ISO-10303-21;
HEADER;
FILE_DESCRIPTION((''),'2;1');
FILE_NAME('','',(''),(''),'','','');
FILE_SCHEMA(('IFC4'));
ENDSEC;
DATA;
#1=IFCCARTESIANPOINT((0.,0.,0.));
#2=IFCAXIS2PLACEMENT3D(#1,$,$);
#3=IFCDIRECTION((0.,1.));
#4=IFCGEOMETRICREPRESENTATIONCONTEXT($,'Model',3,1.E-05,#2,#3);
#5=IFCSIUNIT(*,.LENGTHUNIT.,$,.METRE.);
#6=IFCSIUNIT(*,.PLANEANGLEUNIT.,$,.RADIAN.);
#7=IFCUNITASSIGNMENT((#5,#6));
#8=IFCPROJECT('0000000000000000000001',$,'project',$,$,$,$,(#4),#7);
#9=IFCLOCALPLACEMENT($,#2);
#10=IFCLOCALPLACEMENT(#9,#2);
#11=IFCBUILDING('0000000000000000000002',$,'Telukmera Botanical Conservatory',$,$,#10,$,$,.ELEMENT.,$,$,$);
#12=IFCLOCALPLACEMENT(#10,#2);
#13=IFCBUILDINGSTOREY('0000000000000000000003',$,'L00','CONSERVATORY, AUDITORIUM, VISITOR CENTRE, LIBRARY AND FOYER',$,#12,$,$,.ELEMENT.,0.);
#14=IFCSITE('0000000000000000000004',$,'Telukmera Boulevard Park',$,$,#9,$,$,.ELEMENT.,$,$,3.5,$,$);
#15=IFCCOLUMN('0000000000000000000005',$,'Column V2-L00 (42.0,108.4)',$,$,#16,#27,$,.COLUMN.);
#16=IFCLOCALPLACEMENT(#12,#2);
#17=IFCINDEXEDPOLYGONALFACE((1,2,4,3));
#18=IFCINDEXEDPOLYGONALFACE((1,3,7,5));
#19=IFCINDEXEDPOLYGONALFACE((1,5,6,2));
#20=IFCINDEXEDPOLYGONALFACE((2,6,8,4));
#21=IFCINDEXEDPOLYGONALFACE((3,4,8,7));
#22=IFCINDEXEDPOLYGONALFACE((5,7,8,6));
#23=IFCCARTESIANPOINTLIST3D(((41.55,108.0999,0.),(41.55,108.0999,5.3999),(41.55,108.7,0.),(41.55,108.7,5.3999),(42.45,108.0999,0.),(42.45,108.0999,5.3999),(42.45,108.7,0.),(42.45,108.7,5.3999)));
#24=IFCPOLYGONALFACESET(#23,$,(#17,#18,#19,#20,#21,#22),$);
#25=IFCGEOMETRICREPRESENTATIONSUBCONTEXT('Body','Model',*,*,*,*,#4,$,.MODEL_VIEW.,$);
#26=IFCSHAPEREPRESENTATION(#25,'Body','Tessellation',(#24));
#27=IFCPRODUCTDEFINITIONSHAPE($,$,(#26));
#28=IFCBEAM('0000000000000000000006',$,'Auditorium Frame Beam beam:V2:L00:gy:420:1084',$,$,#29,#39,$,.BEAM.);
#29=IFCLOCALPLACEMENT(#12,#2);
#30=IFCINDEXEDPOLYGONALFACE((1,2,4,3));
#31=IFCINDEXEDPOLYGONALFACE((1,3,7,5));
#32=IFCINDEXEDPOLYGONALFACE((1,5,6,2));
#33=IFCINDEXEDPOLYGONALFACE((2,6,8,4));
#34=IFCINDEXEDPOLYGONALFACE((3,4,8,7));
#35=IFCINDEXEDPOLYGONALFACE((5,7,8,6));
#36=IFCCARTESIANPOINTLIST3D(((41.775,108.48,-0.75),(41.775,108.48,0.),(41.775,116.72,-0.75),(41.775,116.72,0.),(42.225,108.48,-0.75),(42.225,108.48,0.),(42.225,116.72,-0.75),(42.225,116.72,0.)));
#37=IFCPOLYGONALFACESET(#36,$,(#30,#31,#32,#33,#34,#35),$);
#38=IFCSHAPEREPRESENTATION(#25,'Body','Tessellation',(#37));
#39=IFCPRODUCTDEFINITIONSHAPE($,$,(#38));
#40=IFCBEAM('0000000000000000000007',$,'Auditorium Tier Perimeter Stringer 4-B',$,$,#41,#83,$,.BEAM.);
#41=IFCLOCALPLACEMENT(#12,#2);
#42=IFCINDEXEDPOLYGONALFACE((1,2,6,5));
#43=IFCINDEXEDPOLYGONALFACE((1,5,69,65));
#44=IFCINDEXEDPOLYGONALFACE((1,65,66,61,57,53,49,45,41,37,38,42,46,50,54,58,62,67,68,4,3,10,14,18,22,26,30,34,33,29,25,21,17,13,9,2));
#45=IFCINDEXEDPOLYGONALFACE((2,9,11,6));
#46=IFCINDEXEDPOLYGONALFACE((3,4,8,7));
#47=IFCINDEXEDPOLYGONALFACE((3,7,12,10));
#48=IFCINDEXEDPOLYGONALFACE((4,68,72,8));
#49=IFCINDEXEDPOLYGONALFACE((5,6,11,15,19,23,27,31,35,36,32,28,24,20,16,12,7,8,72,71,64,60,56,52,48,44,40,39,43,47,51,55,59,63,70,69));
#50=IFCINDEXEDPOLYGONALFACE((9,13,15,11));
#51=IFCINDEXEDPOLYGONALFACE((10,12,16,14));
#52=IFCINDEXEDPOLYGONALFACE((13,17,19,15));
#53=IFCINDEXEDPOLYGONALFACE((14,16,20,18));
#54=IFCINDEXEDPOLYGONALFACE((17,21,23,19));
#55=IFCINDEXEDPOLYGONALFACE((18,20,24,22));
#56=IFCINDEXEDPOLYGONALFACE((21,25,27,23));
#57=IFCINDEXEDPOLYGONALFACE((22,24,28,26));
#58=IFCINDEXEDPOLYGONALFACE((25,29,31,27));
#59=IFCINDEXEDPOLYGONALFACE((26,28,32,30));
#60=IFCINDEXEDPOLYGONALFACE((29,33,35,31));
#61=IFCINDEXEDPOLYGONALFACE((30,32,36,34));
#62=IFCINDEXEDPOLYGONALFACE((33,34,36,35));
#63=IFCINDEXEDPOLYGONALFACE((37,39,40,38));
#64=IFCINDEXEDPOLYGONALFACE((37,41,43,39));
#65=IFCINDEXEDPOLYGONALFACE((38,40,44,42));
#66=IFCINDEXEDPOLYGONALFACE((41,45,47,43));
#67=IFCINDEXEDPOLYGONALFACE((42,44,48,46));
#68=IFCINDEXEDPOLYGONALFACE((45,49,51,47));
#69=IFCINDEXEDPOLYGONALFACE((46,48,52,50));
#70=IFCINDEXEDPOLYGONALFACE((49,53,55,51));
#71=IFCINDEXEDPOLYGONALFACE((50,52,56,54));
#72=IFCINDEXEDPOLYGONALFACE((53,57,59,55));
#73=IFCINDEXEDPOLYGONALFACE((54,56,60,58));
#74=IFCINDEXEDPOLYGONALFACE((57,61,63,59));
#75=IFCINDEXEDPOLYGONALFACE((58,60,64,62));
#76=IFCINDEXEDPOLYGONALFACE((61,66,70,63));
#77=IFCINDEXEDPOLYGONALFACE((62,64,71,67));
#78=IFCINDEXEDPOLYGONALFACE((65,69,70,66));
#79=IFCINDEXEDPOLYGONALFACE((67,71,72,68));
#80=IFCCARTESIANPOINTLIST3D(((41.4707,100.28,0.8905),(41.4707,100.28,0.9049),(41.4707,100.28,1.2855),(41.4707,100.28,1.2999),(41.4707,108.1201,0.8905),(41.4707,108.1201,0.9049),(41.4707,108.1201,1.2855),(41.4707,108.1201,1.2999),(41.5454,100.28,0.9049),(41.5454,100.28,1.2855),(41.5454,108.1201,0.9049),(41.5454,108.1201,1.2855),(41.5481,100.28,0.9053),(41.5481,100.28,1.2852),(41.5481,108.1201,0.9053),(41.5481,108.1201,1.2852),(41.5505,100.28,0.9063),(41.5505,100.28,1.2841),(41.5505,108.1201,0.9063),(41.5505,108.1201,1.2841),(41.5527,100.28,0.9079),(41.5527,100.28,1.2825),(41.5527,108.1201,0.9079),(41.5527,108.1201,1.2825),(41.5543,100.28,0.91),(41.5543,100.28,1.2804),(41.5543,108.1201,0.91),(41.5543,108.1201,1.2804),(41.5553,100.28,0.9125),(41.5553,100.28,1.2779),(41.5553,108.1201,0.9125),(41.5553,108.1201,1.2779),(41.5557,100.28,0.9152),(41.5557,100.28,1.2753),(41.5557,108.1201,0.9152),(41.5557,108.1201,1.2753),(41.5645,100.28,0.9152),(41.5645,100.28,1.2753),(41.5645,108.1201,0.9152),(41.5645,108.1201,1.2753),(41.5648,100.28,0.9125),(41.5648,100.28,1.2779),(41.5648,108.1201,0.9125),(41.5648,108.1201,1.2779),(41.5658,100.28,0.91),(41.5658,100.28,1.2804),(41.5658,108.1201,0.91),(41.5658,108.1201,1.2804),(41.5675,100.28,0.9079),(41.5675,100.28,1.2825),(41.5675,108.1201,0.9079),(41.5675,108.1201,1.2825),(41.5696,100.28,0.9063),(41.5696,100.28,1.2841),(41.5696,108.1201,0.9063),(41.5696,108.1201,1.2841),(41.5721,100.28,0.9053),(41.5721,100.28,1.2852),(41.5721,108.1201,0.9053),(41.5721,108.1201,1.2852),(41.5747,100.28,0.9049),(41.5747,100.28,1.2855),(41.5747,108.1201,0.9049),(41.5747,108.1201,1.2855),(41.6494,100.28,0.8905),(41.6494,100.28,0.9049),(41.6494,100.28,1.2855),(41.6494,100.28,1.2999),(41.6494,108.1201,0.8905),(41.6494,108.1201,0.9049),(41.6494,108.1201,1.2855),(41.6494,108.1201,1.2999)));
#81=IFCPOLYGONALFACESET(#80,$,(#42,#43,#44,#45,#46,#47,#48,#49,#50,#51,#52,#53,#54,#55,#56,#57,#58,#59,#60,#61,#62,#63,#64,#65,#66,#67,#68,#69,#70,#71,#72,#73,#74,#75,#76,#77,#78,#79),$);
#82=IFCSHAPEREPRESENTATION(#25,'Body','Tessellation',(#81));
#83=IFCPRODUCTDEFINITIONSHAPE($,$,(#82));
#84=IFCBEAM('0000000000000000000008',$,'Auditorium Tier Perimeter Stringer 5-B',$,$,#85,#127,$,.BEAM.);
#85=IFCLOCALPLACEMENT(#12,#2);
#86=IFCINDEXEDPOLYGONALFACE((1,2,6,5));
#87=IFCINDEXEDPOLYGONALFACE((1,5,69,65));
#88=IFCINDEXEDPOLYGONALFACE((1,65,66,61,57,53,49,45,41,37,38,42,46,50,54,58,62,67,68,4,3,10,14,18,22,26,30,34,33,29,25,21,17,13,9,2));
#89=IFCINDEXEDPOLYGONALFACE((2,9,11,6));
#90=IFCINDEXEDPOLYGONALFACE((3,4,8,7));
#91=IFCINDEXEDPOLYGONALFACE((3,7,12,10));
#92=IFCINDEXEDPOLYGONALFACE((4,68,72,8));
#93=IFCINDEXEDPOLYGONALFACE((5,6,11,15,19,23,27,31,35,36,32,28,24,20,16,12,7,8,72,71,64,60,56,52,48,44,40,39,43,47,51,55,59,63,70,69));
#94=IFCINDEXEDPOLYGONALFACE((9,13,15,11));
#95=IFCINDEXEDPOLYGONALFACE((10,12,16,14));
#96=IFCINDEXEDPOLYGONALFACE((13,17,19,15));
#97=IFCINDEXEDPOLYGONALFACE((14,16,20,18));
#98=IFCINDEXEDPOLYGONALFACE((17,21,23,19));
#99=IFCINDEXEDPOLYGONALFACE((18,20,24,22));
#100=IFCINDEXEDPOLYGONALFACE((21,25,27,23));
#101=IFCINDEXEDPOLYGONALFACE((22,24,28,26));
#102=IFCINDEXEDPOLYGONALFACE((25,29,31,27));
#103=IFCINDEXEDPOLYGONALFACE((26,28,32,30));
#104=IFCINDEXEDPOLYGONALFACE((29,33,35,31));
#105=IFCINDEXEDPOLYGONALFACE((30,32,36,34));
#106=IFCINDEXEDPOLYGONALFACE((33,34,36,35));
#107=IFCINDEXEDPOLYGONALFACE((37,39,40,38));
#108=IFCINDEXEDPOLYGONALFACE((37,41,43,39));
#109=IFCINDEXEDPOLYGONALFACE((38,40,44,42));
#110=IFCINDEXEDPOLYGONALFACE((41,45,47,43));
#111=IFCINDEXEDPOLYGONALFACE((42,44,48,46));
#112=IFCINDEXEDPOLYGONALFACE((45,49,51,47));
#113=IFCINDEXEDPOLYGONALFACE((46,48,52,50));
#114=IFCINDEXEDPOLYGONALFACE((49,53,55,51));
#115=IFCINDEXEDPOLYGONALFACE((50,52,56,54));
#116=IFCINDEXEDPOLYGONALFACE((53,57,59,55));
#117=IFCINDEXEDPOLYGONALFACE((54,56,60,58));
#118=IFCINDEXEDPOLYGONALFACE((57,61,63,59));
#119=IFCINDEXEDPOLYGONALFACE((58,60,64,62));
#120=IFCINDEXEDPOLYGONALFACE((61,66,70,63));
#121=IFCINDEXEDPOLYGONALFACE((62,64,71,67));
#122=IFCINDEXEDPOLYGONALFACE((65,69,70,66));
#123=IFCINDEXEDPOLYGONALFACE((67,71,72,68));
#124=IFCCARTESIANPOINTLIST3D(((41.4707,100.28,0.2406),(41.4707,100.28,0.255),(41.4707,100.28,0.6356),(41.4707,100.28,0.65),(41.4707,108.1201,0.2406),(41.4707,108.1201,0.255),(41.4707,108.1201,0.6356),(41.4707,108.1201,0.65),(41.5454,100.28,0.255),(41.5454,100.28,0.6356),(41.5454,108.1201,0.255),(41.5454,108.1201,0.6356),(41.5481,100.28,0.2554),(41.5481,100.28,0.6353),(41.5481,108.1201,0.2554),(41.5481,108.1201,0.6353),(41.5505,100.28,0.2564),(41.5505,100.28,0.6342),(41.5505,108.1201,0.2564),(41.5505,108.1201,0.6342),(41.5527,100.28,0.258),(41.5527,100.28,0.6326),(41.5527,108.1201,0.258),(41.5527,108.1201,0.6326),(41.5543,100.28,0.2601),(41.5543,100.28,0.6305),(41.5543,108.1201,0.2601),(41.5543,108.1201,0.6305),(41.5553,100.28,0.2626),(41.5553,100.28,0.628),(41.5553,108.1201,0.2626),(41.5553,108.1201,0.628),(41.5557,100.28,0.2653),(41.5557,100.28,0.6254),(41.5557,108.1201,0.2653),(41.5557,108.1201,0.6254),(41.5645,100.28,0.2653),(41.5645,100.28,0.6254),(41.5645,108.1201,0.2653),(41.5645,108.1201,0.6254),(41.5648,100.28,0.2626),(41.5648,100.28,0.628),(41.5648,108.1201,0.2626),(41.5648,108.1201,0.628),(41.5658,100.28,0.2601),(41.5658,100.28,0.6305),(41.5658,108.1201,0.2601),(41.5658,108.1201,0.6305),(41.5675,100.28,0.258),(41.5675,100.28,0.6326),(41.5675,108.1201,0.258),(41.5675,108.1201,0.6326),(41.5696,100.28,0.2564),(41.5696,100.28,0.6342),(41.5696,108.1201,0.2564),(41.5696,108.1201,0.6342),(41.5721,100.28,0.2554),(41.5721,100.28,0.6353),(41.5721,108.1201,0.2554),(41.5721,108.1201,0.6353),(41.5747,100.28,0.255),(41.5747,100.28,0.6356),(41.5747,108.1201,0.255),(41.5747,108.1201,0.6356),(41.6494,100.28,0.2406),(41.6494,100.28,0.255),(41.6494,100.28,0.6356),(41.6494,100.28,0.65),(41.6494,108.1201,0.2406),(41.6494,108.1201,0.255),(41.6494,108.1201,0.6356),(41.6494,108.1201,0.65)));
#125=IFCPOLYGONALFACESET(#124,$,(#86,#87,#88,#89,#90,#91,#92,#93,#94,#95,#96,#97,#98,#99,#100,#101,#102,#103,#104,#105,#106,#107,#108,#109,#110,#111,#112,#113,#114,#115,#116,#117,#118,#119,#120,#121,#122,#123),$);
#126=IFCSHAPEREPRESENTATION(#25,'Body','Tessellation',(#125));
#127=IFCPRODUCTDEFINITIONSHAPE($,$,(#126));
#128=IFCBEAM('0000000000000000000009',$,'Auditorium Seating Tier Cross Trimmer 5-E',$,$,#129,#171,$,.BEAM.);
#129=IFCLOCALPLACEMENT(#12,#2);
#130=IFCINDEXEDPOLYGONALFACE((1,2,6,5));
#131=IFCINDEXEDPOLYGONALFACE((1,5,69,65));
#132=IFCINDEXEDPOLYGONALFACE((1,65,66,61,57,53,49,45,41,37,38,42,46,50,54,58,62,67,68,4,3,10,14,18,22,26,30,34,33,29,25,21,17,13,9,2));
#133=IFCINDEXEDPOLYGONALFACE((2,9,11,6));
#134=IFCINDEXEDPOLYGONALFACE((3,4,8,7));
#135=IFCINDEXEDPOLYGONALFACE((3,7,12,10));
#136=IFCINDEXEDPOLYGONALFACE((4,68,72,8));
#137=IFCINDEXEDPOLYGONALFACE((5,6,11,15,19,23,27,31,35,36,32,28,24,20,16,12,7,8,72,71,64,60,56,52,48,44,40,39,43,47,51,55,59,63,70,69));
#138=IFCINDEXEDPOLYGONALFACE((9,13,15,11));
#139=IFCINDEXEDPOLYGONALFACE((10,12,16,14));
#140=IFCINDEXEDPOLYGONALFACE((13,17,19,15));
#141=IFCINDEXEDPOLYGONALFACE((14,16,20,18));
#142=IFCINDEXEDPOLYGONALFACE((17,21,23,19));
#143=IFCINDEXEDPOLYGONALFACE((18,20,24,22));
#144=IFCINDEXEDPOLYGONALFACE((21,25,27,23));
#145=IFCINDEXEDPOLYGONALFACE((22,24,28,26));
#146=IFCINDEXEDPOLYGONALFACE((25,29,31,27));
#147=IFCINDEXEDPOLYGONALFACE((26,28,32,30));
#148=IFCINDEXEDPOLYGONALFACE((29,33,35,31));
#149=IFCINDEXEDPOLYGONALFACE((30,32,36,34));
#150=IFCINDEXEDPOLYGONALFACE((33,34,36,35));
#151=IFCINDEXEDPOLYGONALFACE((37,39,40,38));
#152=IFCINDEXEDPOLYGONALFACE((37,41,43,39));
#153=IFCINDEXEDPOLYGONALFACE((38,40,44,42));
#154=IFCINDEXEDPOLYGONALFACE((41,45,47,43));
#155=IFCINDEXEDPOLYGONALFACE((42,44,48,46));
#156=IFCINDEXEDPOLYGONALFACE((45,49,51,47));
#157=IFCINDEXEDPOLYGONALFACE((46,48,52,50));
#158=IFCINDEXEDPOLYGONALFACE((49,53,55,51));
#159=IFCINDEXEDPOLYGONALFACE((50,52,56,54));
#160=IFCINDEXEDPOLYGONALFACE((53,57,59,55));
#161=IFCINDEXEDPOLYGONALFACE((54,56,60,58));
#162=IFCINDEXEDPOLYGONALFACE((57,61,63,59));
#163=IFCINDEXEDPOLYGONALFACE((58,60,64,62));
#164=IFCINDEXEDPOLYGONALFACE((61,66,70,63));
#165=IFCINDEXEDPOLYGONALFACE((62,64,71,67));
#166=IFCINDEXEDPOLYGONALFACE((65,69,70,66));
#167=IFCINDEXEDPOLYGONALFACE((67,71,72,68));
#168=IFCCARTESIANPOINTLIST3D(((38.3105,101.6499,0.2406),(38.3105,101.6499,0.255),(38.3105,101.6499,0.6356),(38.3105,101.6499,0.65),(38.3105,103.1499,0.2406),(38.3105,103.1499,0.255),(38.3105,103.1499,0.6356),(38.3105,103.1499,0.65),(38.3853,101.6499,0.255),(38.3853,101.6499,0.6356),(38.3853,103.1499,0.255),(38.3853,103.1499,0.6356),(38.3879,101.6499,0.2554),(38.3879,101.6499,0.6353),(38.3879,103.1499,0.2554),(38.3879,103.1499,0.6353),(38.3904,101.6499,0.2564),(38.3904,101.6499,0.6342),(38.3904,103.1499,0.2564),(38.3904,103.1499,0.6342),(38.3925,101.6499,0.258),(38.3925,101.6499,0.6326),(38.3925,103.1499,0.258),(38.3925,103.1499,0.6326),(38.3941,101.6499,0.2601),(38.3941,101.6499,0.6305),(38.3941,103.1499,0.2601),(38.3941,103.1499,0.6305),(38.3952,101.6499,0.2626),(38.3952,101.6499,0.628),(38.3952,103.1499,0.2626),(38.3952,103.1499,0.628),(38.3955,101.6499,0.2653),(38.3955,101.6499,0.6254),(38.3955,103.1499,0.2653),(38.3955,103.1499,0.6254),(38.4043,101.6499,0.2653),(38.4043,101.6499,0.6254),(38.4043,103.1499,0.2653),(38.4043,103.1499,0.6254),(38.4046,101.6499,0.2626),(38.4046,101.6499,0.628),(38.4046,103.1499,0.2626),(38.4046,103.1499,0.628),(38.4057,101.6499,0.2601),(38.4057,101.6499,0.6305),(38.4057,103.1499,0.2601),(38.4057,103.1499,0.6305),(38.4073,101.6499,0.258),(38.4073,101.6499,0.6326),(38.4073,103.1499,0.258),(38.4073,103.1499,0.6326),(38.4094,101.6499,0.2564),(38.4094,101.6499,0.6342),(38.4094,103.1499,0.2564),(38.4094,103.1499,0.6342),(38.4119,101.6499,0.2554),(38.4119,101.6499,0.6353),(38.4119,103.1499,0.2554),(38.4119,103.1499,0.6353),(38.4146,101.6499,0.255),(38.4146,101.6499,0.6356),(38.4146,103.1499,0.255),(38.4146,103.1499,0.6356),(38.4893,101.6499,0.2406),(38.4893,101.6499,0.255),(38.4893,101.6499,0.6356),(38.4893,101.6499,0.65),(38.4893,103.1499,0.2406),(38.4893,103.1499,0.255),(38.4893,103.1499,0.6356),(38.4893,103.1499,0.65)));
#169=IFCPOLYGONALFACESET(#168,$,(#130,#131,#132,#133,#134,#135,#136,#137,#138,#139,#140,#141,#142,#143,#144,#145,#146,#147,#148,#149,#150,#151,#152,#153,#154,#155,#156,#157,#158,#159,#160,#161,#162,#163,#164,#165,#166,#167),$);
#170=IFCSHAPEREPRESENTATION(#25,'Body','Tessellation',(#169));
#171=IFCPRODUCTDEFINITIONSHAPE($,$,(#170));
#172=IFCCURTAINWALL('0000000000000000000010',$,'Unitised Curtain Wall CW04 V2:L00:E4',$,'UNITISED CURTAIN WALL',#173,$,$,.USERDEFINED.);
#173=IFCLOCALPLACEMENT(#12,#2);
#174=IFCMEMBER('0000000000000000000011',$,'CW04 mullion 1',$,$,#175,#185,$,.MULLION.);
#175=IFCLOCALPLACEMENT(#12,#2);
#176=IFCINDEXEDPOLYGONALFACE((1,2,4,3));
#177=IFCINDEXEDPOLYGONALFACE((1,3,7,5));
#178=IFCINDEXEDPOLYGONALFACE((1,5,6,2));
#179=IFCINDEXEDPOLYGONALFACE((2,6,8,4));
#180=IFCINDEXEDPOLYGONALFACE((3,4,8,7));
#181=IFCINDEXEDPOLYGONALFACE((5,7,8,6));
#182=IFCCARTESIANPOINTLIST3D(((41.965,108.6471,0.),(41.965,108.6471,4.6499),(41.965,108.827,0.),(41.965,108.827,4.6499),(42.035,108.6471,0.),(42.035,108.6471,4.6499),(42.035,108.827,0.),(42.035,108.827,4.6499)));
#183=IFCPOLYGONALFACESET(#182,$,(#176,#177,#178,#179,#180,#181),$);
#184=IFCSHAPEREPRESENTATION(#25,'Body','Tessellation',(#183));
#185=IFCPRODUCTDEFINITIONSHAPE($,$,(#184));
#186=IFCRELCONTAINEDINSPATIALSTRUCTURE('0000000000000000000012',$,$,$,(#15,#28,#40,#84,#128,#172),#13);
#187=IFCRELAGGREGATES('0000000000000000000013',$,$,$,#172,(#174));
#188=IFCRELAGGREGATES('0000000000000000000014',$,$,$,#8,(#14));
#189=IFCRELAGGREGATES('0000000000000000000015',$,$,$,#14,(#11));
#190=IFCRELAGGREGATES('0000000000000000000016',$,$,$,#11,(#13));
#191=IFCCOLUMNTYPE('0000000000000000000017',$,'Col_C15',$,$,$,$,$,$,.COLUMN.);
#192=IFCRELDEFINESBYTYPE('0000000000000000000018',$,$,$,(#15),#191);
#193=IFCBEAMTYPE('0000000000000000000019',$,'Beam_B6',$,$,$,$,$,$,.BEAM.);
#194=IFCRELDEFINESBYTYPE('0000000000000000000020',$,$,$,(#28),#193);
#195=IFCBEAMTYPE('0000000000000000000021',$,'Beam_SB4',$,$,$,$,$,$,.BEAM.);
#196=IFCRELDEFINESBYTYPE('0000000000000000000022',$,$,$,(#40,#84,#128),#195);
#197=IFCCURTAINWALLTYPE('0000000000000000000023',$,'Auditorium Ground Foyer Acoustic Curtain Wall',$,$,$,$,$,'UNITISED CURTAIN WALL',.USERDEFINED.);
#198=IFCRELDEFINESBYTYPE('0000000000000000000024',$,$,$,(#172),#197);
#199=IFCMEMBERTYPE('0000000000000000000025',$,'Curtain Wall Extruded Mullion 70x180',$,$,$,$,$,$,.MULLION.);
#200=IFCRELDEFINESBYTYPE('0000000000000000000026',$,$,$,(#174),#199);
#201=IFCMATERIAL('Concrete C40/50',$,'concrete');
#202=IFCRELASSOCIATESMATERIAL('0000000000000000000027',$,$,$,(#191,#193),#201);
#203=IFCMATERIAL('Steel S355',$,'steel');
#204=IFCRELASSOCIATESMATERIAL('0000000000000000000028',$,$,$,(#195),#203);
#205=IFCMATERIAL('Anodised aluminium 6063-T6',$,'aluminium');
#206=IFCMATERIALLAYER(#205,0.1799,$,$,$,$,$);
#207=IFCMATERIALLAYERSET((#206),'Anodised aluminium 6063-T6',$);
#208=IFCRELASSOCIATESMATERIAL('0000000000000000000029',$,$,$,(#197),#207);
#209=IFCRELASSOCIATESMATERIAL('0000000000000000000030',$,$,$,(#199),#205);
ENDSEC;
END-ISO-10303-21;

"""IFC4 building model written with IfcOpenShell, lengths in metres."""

from ifc_helpers import new_model, si_unit, direction, frame, origin, origin_2d, place, context, subcontext, project, spatial, rectangle, i_section, extrude, material, layer, layer_set, material_profile, profile_set, type_object, element, aggregate, save


model = new_model("IFC4")

# Units and contexts
model_context = context("Model", 3, precision=1e-05, world=origin(), true_north=direction((0.0, 1.0)))
body_context = subcontext(model_context, "Body", "Model", "MODEL_VIEW")
ifc_project = project(units=[si_unit("LENGTHUNIT", "METRE"), si_unit("PLANEANGLEUNIT", "RADIAN")], contexts=[model_context])

# Site, building, storey
site_placement = place(None, origin())
site = spatial("IfcSite", under=ifc_project, at=site_placement, Name="Telukmera Boulevard Park", CompositionType="ELEMENT", RefElevation=3.5)
building_placement = place(site_placement, origin())
building = spatial("IfcBuilding", under=site, at=building_placement, Name="Telukmera Botanical Conservatory", CompositionType="ELEMENT")
storey_placement = place(building_placement, origin())
storey = spatial("IfcBuildingStorey", under=building, at=storey_placement, Name="L00", Description="CONSERVATORY, AUDITORIUM, VISITOR CENTRE, LIBRARY AND FOYER", CompositionType="ELEMENT", Elevation=0.0)

# Column
ifc_material_1 = material(Name="Concrete C40/50", Category="concrete")
ifc_material_profile_1 = material_profile(ifc_material_1, rectangle(XDim=0.6001, YDim=0.8999, at=origin_2d()), Name="RC 900x600")
ifc_profile_set_1 = profile_set([ifc_material_profile_1], Name="Concrete C40/50")
column_type = type_object("IfcColumnType", Name="Col_C15", PredefinedType="COLUMN", material=ifc_profile_set_1)
column_placement = place(storey_placement, frame((42.0, 108.3999, 0.0), z_axis=(0.0, 0.0, 1.0), x_axis=(0.0, 1.0, 0.0)))
element("IfcColumn", 1, at=column_placement, inside=storey, type_object=column_type, Name="Column V2-L00 (42.0,108.4)", PredefinedType="COLUMN", context=body_context, shape_type="SweptSolid", body=[
    extrude(rectangle(XDim=0.6001, YDim=0.8999, at=origin_2d()), origin(), (0.0, 0.0, 1.0), 5.3999),
])

# Beams
ifc_material_profile_2 = material_profile(ifc_material_1, rectangle(XDim=0.45, YDim=0.75, at=origin_2d()), Name="RC 450x750")
ifc_profile_set_2 = profile_set([ifc_material_profile_2], Name="Concrete C40/50")
beam_type_1 = type_object("IfcBeamType", Name="Beam_B6", PredefinedType="BEAM", material=ifc_profile_set_2)
beam_1_placement = place(storey_placement, frame((42.0, 108.48, -0.375), z_axis=(0.0, 1.0, 0.0), x_axis=(-1.0, 0.0, 0.0)))
element("IfcBeam", 2, at=beam_1_placement, inside=storey, type_object=beam_type_1, Name="Auditorium Frame Beam beam:V2:L00:gy:420:1084", PredefinedType="BEAM", context=body_context, shape_type="SweptSolid", body=[
    extrude(rectangle(XDim=0.45, YDim=0.75, at=origin_2d()), origin(), (0.0, 0.0, 1.0), 8.24),
])
ifc_material_2 = material(Name="Steel S355", Category="steel")
ifc_material_profile_3 = material_profile(ifc_material_2, i_section(OverallWidth=0.1787, OverallDepth=0.4094, WebThickness=0.0088, FlangeThickness=0.0144, FilletRadius=0.0103, at=origin_2d()), Name="UB 406x178x67")
ifc_profile_set_3 = profile_set([ifc_material_profile_3], Name="Steel S355")
beam_type_2 = type_object("IfcBeamType", Name="Beam_SB4", PredefinedType="BEAM", material=ifc_profile_set_3)
for number, where, z_axis, x_axis, name in (
    (3, (41.5601, 100.28, 1.0952), (0.0, 1.0, 0.0), (-1.0, 0.0, 0.0), "Auditorium Tier Perimeter Stringer 4-B"),
    (4, (41.5601, 100.28, 0.4453), (0.0, 1.0, 0.0), (-1.0, 0.0, 0.0), "Auditorium Tier Perimeter Stringer 5-B"),
):
    element("IfcBeam", number, at=place(storey_placement, frame(where, z_axis=z_axis, x_axis=x_axis)), inside=storey, type_object=beam_type_2, Name=name, PredefinedType="BEAM", context=body_context, shape_type="SweptSolid", body=[
        extrude(i_section(OverallWidth=0.1787, OverallDepth=0.4094, WebThickness=0.0088, FlangeThickness=0.0144, FilletRadius=0.0103, at=origin_2d()), origin(), (0.0, 0.0, 1.0), 7.8401),
    ])
beam_2_placement = place(storey_placement, frame((38.3999, 101.6499, 0.4453), z_axis=(0.0, 1.0, 0.0), x_axis=(-1.0, 0.0, 0.0)))
element("IfcBeam", 5, at=beam_2_placement, inside=storey, type_object=beam_type_2, Name="Auditorium Seating Tier Cross Trimmer 5-E", PredefinedType="BEAM", context=body_context, shape_type="SweptSolid", body=[
    extrude(i_section(OverallWidth=0.1787, OverallDepth=0.4094, WebThickness=0.0088, FlangeThickness=0.0144, FilletRadius=0.0103, at=origin_2d()), origin(), (0.0, 0.0, 1.0), 1.5),
])

# Curtain wall, member
ifc_material_3 = material(Name="Anodised aluminium 6063-T6", Category="aluminium")
ifc_layer_1 = layer(ifc_material_3, 0.1799)
ifc_layer_set_1 = layer_set([ifc_layer_1], Name="Anodised aluminium 6063-T6")
curtain_wall_type = type_object("IfcCurtainWallType", Name="Auditorium Ground Foyer Acoustic Curtain Wall", ElementType="UNITISED CURTAIN WALL", PredefinedType="USERDEFINED", material=ifc_layer_set_1)
curtain_wall_placement = place(storey_placement, origin())
curtain_wall = element("IfcCurtainWall", 6, at=curtain_wall_placement, inside=storey, type_object=curtain_wall_type, Name="Unitised Curtain Wall CW04 V2:L00:E4", ObjectType="UNITISED CURTAIN WALL", PredefinedType="USERDEFINED")
ifc_material_profile_4 = material_profile(ifc_material_3, rectangle(XDim=0.0701, YDim=0.1799, at=origin_2d()), Name="ALU MULL 70x180")
ifc_profile_set_4 = profile_set([ifc_material_profile_4], Name="Anodised aluminium 6063-T6")
member_type_1 = type_object("IfcMemberType", Name="Curtain Wall Extruded Mullion 70x180", PredefinedType="MULLION", material=ifc_profile_set_4)
member_1_placement = place(storey_placement, frame((42.0, 108.7371, 0.0), z_axis=(0.0, 0.0, 1.0), x_axis=(-1.0, 0.0, 0.0)))
member_1 = element("IfcMember", 7, at=member_1_placement, type_object=member_type_1, Name="CW04 mullion 1", PredefinedType="MULLION", context=body_context, shape_type="SweptSolid", body=[
    extrude(rectangle(XDim=0.0701, YDim=0.1799, at=origin_2d()), origin(), (0.0, 0.0, 1.0), 4.6499),
])
aggregate(curtain_wall, [member_1])

save(model, "model.ifc")
